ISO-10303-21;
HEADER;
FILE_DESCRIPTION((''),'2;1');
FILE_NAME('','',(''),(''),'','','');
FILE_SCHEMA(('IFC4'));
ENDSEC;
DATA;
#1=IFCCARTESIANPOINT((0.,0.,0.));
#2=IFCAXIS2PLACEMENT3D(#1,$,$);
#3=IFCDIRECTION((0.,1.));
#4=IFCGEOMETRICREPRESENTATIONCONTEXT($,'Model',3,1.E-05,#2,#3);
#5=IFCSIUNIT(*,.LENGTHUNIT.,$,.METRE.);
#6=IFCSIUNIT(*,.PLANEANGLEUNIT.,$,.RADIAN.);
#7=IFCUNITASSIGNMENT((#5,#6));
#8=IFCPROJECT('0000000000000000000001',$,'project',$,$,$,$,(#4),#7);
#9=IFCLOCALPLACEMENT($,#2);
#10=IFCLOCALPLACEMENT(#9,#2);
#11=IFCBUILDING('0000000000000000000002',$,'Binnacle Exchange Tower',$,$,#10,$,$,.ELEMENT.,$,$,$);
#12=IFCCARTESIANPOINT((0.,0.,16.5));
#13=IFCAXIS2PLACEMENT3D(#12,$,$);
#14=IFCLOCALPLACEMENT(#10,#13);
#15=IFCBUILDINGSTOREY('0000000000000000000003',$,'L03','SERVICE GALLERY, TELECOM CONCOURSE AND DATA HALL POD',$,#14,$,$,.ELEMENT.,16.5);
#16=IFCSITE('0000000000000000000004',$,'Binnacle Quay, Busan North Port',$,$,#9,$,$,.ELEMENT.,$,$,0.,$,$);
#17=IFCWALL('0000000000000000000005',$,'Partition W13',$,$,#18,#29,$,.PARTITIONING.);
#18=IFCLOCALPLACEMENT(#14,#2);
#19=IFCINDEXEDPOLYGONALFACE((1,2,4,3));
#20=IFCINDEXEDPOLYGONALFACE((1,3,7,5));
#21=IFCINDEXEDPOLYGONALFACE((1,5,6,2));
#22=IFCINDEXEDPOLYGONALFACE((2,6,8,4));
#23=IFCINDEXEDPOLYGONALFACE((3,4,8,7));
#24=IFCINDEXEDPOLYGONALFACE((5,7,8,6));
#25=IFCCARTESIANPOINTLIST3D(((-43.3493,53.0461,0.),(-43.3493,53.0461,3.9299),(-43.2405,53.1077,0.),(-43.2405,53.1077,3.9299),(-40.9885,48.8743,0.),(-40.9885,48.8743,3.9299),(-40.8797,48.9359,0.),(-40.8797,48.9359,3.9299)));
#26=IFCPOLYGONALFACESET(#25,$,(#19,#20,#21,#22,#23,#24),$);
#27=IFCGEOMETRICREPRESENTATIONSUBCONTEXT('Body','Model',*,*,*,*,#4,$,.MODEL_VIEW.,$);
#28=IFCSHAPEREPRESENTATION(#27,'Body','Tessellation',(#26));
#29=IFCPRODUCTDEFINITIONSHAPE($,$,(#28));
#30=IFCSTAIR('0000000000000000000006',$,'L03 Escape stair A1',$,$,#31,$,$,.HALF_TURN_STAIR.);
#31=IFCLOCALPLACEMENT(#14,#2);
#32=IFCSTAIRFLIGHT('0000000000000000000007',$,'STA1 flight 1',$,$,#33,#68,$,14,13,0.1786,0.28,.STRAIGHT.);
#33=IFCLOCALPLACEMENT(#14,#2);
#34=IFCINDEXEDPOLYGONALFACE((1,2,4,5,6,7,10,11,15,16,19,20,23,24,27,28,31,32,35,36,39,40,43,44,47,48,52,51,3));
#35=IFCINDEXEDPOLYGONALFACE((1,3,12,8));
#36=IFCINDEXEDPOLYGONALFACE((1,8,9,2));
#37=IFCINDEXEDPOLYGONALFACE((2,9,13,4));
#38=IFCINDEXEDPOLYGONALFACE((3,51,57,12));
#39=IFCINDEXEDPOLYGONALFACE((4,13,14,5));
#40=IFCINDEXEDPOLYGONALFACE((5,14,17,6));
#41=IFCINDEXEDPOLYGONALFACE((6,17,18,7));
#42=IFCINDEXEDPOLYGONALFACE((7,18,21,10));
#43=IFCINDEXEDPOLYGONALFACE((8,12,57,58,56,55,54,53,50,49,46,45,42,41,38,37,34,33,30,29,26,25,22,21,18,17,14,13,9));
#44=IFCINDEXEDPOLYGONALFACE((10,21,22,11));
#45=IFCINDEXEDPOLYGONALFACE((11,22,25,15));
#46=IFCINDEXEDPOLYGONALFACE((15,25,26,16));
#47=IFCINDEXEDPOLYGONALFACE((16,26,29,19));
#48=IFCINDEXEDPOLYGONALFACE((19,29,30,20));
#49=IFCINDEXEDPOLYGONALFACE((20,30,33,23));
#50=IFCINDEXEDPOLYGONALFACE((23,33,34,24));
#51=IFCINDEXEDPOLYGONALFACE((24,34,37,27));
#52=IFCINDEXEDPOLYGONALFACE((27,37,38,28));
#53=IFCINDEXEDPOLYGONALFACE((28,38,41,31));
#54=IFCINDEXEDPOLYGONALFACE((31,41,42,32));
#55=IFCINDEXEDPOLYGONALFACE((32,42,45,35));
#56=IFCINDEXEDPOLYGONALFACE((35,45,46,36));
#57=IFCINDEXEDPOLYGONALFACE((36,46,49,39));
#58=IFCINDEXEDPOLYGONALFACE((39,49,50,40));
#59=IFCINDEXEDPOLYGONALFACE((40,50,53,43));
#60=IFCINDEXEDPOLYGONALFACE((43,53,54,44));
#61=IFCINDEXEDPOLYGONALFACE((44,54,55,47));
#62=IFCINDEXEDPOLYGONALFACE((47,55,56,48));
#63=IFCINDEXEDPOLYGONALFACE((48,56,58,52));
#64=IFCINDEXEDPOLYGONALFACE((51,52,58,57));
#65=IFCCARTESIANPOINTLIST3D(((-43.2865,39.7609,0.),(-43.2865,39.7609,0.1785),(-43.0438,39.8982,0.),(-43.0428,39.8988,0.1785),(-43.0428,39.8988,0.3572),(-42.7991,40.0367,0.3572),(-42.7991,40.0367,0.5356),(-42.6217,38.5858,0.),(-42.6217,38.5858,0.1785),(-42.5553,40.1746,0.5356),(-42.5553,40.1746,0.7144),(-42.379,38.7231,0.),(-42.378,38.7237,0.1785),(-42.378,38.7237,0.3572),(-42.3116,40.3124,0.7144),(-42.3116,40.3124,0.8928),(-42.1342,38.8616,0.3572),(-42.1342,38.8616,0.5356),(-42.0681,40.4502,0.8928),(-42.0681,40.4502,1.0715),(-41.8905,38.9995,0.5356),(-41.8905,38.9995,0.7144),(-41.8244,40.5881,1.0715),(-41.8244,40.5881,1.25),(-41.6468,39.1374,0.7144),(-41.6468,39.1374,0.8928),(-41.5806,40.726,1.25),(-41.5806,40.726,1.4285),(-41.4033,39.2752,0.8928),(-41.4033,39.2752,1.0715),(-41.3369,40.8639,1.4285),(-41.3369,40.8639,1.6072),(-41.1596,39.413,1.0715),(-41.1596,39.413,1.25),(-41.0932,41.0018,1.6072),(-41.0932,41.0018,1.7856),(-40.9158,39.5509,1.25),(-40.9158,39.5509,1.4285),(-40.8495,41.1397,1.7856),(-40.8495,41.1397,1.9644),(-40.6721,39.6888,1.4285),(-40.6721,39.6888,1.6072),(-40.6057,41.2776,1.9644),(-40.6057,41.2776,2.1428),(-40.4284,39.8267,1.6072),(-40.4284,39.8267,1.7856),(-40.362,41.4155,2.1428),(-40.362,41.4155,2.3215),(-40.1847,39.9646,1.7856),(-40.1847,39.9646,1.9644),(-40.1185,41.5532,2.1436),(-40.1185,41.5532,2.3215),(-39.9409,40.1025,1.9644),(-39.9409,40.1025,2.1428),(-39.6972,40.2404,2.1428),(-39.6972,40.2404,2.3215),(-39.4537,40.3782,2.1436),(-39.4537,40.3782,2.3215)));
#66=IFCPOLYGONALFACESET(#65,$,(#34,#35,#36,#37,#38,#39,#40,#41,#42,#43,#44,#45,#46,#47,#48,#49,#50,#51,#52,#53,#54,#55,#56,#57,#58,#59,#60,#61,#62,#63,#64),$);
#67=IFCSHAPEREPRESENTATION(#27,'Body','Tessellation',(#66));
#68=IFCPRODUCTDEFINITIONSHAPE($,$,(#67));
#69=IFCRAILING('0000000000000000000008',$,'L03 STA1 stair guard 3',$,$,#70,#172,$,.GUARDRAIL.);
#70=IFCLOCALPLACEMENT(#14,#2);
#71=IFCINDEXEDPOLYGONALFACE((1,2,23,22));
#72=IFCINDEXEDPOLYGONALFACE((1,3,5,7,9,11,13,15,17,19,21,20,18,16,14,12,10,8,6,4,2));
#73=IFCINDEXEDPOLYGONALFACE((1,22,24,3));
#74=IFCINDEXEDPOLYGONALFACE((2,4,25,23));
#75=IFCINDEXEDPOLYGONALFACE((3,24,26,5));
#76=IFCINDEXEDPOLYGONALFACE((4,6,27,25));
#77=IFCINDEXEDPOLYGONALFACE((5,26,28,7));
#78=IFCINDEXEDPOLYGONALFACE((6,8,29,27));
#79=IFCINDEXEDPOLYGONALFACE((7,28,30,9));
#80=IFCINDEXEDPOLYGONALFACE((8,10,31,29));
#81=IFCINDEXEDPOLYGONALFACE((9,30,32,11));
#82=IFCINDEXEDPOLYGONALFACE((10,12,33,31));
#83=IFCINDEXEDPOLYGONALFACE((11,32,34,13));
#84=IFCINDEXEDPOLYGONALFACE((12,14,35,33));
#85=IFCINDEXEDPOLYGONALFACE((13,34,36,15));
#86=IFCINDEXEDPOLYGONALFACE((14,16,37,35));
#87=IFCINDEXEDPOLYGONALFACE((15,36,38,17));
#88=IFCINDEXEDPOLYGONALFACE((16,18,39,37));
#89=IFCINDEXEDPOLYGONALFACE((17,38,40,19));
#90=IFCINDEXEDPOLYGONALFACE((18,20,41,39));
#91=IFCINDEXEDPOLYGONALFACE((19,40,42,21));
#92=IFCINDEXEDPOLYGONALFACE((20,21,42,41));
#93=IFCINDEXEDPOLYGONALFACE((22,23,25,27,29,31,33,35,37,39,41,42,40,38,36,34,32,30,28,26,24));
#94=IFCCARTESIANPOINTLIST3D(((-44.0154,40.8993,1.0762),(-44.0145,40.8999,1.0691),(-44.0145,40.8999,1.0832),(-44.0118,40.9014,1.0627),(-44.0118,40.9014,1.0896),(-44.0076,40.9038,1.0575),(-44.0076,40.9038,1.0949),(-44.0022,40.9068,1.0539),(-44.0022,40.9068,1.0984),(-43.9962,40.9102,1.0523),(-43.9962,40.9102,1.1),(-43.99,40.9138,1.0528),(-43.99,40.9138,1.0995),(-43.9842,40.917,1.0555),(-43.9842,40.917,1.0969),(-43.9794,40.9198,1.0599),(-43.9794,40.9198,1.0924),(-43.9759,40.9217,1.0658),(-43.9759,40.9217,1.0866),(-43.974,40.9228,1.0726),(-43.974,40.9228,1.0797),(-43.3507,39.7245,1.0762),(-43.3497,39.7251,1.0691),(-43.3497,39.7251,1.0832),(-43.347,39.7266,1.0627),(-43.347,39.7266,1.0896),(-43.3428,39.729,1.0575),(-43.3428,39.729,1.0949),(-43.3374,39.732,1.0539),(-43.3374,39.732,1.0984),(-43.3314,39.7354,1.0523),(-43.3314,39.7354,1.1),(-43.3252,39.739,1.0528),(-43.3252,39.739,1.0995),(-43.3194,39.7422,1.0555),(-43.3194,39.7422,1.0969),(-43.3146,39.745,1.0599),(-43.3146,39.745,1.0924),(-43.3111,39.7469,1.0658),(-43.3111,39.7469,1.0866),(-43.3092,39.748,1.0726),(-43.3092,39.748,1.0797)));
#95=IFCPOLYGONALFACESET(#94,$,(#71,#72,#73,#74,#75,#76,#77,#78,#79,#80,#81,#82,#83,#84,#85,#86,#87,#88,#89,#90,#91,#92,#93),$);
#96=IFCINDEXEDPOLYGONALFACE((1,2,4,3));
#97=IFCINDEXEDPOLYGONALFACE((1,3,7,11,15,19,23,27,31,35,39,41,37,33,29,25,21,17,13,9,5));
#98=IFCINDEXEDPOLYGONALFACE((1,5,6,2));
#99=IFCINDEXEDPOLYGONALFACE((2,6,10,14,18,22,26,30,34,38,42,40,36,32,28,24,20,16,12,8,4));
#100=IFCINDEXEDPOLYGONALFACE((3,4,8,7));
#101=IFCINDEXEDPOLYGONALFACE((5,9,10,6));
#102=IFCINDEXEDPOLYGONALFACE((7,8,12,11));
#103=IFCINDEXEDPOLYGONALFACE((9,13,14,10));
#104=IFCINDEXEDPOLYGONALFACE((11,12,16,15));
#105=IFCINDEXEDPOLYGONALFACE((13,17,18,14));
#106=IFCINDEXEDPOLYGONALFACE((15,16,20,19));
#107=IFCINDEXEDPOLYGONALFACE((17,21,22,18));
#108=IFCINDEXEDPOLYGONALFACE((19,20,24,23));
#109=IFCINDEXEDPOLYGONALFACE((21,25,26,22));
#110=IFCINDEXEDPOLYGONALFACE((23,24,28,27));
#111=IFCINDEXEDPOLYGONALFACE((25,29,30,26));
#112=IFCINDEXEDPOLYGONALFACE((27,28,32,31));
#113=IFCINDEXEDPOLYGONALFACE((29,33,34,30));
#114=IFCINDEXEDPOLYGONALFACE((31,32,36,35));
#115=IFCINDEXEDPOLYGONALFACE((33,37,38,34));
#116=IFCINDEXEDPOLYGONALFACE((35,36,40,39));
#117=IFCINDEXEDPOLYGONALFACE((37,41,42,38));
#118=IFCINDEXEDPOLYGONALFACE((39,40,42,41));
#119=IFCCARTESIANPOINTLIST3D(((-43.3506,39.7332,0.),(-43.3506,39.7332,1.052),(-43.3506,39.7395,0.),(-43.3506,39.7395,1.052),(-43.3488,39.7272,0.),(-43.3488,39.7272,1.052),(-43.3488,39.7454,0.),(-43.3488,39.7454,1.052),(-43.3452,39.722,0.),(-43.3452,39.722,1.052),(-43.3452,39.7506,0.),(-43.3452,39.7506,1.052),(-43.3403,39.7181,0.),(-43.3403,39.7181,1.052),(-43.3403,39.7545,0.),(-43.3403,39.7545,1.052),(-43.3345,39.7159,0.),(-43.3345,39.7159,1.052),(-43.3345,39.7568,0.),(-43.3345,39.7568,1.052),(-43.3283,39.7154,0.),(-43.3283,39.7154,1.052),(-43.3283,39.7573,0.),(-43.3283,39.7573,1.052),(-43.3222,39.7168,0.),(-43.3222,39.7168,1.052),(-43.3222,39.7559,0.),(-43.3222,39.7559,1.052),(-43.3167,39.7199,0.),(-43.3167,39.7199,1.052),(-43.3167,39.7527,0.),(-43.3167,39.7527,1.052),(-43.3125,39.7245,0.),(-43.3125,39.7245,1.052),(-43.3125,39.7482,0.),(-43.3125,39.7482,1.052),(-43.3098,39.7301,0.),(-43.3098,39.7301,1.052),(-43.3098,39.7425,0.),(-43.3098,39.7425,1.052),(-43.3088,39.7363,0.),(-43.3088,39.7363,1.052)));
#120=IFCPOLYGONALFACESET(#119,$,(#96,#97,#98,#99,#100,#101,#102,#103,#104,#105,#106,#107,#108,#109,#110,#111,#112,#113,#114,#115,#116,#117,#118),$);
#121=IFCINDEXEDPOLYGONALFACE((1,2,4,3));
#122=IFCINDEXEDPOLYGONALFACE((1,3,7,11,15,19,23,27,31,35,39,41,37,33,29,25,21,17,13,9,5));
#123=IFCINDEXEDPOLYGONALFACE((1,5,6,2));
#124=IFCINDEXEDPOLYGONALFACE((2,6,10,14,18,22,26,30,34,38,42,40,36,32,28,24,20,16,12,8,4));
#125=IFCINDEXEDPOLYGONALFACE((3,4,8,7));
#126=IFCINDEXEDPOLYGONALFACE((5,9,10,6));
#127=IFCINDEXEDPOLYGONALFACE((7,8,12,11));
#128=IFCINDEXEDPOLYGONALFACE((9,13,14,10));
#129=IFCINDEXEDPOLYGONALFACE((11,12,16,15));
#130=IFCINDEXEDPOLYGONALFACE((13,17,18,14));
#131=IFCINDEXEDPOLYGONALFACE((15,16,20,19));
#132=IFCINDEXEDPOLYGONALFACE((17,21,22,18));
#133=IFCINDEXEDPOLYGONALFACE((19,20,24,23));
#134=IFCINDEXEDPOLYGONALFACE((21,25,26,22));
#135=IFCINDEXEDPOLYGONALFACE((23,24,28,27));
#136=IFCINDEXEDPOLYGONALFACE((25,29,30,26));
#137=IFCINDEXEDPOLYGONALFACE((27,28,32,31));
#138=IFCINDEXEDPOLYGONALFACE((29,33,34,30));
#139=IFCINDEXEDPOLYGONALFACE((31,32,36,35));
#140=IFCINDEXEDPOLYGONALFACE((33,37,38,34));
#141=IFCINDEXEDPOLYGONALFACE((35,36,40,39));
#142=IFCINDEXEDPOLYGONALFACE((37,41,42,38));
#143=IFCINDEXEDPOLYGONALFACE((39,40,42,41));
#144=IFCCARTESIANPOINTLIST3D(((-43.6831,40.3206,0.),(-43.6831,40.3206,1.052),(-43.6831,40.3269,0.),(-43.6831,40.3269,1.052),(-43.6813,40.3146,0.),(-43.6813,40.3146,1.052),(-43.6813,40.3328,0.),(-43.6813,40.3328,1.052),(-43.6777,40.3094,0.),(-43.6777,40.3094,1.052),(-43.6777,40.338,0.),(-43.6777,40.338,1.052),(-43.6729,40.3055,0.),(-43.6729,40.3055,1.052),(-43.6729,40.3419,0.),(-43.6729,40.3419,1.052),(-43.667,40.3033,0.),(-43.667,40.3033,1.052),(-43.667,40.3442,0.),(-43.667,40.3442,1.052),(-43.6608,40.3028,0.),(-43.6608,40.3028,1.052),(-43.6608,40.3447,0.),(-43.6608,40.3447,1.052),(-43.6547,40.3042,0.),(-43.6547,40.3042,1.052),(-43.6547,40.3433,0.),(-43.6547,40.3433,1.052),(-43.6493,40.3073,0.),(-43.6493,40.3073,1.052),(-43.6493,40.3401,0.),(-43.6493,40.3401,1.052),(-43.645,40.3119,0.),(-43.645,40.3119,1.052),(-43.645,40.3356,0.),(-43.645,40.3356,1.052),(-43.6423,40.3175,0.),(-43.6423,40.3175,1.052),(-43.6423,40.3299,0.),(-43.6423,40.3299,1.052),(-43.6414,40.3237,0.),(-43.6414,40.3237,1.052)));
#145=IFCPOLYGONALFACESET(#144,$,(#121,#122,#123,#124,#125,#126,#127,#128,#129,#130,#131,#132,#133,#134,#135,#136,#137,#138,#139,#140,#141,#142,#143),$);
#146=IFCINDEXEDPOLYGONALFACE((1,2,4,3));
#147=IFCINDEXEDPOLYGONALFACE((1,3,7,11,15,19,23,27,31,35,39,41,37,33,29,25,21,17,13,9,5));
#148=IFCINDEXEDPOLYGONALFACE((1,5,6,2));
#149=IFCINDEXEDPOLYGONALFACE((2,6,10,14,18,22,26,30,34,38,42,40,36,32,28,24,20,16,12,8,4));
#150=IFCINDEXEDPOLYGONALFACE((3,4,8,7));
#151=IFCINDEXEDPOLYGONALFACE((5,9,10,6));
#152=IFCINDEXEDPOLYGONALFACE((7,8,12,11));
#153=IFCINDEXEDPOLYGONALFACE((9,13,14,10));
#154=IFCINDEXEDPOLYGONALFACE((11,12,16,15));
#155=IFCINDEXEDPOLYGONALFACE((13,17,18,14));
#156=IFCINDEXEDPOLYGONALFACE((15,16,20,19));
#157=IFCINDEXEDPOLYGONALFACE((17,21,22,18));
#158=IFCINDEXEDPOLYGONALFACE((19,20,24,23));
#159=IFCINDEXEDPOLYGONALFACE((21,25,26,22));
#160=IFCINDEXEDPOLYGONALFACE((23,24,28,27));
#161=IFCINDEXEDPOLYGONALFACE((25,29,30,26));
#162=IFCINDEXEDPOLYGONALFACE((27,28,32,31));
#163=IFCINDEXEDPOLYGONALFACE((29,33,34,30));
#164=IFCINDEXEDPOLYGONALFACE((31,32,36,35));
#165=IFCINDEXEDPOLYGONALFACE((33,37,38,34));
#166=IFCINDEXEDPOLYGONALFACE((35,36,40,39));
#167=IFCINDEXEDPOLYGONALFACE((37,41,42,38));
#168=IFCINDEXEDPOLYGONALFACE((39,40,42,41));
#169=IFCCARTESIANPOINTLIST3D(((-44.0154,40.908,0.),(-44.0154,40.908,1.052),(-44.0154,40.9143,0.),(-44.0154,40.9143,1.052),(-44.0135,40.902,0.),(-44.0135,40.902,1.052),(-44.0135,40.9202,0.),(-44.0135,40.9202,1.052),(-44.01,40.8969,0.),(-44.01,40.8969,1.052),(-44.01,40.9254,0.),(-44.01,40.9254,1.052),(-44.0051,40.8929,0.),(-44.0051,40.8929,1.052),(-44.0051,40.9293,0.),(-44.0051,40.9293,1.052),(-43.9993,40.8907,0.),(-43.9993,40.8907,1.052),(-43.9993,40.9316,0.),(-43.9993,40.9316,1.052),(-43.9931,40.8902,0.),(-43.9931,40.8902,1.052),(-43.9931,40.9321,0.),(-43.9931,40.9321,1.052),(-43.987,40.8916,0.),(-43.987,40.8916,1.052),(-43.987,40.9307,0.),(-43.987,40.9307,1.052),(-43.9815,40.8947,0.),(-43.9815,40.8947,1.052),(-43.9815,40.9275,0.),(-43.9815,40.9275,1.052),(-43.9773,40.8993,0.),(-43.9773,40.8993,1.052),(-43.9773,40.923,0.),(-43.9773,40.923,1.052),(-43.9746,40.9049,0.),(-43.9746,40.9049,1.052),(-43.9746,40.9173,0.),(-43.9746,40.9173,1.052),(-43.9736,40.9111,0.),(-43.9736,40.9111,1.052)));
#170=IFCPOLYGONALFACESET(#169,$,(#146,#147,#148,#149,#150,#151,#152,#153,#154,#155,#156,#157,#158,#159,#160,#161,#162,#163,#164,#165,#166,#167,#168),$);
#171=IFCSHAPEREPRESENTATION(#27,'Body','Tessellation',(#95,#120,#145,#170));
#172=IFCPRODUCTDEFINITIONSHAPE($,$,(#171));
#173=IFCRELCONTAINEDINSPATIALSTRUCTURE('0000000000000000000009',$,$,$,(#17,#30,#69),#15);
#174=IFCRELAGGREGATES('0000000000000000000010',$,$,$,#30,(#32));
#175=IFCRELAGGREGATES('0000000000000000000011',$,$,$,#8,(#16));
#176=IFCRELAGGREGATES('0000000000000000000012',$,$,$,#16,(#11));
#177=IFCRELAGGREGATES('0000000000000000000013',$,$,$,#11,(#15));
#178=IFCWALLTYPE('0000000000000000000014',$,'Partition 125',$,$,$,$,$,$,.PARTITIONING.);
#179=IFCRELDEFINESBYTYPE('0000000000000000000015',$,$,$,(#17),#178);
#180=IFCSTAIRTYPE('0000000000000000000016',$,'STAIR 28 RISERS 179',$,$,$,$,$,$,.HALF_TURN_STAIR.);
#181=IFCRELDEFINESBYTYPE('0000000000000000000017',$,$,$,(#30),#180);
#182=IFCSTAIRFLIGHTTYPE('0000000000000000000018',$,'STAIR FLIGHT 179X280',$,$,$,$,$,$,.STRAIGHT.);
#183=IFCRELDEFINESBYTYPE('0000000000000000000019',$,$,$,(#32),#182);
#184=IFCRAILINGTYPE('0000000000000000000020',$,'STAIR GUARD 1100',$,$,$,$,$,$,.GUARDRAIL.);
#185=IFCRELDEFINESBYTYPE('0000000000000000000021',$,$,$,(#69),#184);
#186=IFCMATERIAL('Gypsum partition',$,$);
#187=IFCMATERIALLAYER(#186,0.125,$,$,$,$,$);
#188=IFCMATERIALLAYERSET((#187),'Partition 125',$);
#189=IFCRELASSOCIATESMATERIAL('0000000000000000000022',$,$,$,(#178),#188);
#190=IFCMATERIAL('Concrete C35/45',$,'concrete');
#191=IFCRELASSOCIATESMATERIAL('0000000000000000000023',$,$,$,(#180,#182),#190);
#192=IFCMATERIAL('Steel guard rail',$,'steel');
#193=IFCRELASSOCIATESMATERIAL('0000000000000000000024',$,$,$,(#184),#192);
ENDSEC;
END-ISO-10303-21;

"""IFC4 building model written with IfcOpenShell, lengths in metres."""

from ifc_helpers import new_model, si_unit, direction, frame, frame_2d, origin, origin_2d, place, context, subcontext, project, spatial, polyline, rectangle, circle, outline, extrude, material, layer, layer_set, type_object, element, aggregate, save


model = new_model("IFC4")

# Units and contexts
model_context = context("Model", 3, precision=1e-05, world=origin(), true_north=direction((0.0, 1.0)))
body_context = subcontext(model_context, "Body", "Model", "MODEL_VIEW")
ifc_project = project(units=[si_unit("LENGTHUNIT", "METRE"), si_unit("PLANEANGLEUNIT", "RADIAN")], contexts=[model_context])

# Site, building, storey
site_placement = place(None, origin())
site = spatial("IfcSite", under=ifc_project, at=site_placement, Name="Binnacle Quay, Busan North Port", CompositionType="ELEMENT", RefElevation=0.0)
building_placement = place(site_placement, origin())
building = spatial("IfcBuilding", under=site, at=building_placement, Name="Binnacle Exchange Tower", CompositionType="ELEMENT")
storey_placement = place(building_placement, frame((0.0, 0.0, 16.5)))
storey = spatial("IfcBuildingStorey", under=building, at=storey_placement, Name="L03", Description="SERVICE GALLERY, TELECOM CONCOURSE AND DATA HALL POD", CompositionType="ELEMENT", Elevation=16.5)

# Shared definitions
ifc_material_1 = material(Name="Gypsum partition")
ifc_layer_1 = layer(ifc_material_1, 0.125)
ifc_layer_set_1 = layer_set([ifc_layer_1], Name="Partition 125")
wall_type_1 = type_object("IfcWallType", Name="Partition 125", PredefinedType="PARTITIONING", material=ifc_layer_set_1)

# Wall
wall_1_placement = place(storey_placement, frame((-43.2949, 53.0769, 0.0), z_axis=(0.0, 0.0, 1.0), x_axis=(0.492504, -0.87031, 0.0)))
element("IfcWall", 1, at=wall_1_placement, inside=storey, type_object=wall_type_1, Name="Partition W13", PredefinedType="PARTITIONING", context=body_context, shape_type="SweptSolid", body=[
    extrude(rectangle(XDim=4.7935, YDim=0.125, at=frame_2d((2.3967, 0.0))), origin(), (0.0, 0.0, 1.0), 3.9299),
])

# Stair, stair flight
ifc_material_2 = material(Name="Concrete C35/45", Category="concrete")
stair_type = type_object("IfcStairType", Name="STAIR 28 RISERS 179", PredefinedType="HALF_TURN_STAIR", material=ifc_material_2)
stair_placement = place(storey_placement, origin())
stair = element("IfcStair", 2, at=stair_placement, inside=storey, type_object=stair_type, Name="L03 Escape stair A1", PredefinedType="HALF_TURN_STAIR")
stair_flight_type = type_object("IfcStairFlightType", Name="STAIR FLIGHT 179X280", PredefinedType="STRAIGHT", material=ifc_material_2)
stair_flight_placement = place(storey_placement, frame((-42.9541, 39.1733, 0.0), z_axis=(0.0, 0.0, 1.0), x_axis=(0.870356, 0.492424, 0.0)))
stair_flight = element("IfcStairFlight", 3, at=stair_flight_placement, type_object=stair_flight_type, Name="STA1 flight 1", NumberOfRisers=14, NumberOfTreads=13, PredefinedType="STRAIGHT", RiserHeight=0.1786, TreadLength=0.28, context=body_context, shape_type="SweptSolid", body=[
    extrude(outline(polyline([(0.0, 0.0), (0.0, 0.1785), (0.28, 0.1785), (0.28, 0.3572), (0.5601, 0.3572), (0.5601, 0.5356), (0.8401, 0.5356), (0.8401, 0.7144), (1.1201, 0.7144), (1.1201, 0.8928), (1.3999, 0.8928), (1.3999, 1.0715), (1.6799, 1.0715), (1.6799, 1.25), (1.96, 1.25), (1.96, 1.4285), (2.24, 1.4285), (2.24, 1.6072), (2.52, 1.6072), (2.52, 1.7856), (2.8, 1.7856), (2.8, 1.9644), (3.0801, 1.9644), (3.0801, 2.1428), (3.3601, 2.1428), (3.3601, 2.3215), (3.6399, 2.3215), (3.6399, 2.5), (3.6399, 2.1436), (0.2788, 0.0), (0.0, 0.0)])), frame((0.0, 0.675, 0.0), z_axis=(0.0, -1.0, 0.0), x_axis=(1.0, 0.0, 0.0)), (0.0, 0.0, 1.0), 1.3501),
])
aggregate(stair, [stair_flight])

# Railing
ifc_material_3 = material(Name="Steel guard rail", Category="steel")
railing_type_1 = type_object("IfcRailingType", Name="STAIR GUARD 1100", PredefinedType="GUARDRAIL", material=ifc_material_3)
railing_1_placement = place(storey_placement, frame((-43.3298, 39.7363, 0.0)))
element("IfcRailing", 4, at=railing_1_placement, inside=storey, type_object=railing_type_1, Name="L03 STA1 stair guard 3", PredefinedType="GUARDRAIL", context=body_context, shape_type="SweptSolid", body=[
    extrude(circle(Radius=0.0239, at=origin_2d()), frame((0.0, 0.0, 1.0762), z_axis=(-0.492492, 0.870317, 0.0), x_axis=(-0.870317, -0.492492, 0.0)), (0.0, 0.0, 1.0), 1.3499),
    extrude(circle(Radius=0.021, at=origin_2d()), origin(), (0.0, 0.0, 1.0), 1.052),
    extrude(circle(Radius=0.021, at=origin_2d()), frame((-0.3325, 0.5874, 0.0)), (0.0, 0.0, 1.0), 1.052),
    extrude(circle(Radius=0.021, at=origin_2d()), frame((-0.6648, 1.1748, 0.0)), (0.0, 0.0, 1.0), 1.052),
])

save(model, "model.ifc")
